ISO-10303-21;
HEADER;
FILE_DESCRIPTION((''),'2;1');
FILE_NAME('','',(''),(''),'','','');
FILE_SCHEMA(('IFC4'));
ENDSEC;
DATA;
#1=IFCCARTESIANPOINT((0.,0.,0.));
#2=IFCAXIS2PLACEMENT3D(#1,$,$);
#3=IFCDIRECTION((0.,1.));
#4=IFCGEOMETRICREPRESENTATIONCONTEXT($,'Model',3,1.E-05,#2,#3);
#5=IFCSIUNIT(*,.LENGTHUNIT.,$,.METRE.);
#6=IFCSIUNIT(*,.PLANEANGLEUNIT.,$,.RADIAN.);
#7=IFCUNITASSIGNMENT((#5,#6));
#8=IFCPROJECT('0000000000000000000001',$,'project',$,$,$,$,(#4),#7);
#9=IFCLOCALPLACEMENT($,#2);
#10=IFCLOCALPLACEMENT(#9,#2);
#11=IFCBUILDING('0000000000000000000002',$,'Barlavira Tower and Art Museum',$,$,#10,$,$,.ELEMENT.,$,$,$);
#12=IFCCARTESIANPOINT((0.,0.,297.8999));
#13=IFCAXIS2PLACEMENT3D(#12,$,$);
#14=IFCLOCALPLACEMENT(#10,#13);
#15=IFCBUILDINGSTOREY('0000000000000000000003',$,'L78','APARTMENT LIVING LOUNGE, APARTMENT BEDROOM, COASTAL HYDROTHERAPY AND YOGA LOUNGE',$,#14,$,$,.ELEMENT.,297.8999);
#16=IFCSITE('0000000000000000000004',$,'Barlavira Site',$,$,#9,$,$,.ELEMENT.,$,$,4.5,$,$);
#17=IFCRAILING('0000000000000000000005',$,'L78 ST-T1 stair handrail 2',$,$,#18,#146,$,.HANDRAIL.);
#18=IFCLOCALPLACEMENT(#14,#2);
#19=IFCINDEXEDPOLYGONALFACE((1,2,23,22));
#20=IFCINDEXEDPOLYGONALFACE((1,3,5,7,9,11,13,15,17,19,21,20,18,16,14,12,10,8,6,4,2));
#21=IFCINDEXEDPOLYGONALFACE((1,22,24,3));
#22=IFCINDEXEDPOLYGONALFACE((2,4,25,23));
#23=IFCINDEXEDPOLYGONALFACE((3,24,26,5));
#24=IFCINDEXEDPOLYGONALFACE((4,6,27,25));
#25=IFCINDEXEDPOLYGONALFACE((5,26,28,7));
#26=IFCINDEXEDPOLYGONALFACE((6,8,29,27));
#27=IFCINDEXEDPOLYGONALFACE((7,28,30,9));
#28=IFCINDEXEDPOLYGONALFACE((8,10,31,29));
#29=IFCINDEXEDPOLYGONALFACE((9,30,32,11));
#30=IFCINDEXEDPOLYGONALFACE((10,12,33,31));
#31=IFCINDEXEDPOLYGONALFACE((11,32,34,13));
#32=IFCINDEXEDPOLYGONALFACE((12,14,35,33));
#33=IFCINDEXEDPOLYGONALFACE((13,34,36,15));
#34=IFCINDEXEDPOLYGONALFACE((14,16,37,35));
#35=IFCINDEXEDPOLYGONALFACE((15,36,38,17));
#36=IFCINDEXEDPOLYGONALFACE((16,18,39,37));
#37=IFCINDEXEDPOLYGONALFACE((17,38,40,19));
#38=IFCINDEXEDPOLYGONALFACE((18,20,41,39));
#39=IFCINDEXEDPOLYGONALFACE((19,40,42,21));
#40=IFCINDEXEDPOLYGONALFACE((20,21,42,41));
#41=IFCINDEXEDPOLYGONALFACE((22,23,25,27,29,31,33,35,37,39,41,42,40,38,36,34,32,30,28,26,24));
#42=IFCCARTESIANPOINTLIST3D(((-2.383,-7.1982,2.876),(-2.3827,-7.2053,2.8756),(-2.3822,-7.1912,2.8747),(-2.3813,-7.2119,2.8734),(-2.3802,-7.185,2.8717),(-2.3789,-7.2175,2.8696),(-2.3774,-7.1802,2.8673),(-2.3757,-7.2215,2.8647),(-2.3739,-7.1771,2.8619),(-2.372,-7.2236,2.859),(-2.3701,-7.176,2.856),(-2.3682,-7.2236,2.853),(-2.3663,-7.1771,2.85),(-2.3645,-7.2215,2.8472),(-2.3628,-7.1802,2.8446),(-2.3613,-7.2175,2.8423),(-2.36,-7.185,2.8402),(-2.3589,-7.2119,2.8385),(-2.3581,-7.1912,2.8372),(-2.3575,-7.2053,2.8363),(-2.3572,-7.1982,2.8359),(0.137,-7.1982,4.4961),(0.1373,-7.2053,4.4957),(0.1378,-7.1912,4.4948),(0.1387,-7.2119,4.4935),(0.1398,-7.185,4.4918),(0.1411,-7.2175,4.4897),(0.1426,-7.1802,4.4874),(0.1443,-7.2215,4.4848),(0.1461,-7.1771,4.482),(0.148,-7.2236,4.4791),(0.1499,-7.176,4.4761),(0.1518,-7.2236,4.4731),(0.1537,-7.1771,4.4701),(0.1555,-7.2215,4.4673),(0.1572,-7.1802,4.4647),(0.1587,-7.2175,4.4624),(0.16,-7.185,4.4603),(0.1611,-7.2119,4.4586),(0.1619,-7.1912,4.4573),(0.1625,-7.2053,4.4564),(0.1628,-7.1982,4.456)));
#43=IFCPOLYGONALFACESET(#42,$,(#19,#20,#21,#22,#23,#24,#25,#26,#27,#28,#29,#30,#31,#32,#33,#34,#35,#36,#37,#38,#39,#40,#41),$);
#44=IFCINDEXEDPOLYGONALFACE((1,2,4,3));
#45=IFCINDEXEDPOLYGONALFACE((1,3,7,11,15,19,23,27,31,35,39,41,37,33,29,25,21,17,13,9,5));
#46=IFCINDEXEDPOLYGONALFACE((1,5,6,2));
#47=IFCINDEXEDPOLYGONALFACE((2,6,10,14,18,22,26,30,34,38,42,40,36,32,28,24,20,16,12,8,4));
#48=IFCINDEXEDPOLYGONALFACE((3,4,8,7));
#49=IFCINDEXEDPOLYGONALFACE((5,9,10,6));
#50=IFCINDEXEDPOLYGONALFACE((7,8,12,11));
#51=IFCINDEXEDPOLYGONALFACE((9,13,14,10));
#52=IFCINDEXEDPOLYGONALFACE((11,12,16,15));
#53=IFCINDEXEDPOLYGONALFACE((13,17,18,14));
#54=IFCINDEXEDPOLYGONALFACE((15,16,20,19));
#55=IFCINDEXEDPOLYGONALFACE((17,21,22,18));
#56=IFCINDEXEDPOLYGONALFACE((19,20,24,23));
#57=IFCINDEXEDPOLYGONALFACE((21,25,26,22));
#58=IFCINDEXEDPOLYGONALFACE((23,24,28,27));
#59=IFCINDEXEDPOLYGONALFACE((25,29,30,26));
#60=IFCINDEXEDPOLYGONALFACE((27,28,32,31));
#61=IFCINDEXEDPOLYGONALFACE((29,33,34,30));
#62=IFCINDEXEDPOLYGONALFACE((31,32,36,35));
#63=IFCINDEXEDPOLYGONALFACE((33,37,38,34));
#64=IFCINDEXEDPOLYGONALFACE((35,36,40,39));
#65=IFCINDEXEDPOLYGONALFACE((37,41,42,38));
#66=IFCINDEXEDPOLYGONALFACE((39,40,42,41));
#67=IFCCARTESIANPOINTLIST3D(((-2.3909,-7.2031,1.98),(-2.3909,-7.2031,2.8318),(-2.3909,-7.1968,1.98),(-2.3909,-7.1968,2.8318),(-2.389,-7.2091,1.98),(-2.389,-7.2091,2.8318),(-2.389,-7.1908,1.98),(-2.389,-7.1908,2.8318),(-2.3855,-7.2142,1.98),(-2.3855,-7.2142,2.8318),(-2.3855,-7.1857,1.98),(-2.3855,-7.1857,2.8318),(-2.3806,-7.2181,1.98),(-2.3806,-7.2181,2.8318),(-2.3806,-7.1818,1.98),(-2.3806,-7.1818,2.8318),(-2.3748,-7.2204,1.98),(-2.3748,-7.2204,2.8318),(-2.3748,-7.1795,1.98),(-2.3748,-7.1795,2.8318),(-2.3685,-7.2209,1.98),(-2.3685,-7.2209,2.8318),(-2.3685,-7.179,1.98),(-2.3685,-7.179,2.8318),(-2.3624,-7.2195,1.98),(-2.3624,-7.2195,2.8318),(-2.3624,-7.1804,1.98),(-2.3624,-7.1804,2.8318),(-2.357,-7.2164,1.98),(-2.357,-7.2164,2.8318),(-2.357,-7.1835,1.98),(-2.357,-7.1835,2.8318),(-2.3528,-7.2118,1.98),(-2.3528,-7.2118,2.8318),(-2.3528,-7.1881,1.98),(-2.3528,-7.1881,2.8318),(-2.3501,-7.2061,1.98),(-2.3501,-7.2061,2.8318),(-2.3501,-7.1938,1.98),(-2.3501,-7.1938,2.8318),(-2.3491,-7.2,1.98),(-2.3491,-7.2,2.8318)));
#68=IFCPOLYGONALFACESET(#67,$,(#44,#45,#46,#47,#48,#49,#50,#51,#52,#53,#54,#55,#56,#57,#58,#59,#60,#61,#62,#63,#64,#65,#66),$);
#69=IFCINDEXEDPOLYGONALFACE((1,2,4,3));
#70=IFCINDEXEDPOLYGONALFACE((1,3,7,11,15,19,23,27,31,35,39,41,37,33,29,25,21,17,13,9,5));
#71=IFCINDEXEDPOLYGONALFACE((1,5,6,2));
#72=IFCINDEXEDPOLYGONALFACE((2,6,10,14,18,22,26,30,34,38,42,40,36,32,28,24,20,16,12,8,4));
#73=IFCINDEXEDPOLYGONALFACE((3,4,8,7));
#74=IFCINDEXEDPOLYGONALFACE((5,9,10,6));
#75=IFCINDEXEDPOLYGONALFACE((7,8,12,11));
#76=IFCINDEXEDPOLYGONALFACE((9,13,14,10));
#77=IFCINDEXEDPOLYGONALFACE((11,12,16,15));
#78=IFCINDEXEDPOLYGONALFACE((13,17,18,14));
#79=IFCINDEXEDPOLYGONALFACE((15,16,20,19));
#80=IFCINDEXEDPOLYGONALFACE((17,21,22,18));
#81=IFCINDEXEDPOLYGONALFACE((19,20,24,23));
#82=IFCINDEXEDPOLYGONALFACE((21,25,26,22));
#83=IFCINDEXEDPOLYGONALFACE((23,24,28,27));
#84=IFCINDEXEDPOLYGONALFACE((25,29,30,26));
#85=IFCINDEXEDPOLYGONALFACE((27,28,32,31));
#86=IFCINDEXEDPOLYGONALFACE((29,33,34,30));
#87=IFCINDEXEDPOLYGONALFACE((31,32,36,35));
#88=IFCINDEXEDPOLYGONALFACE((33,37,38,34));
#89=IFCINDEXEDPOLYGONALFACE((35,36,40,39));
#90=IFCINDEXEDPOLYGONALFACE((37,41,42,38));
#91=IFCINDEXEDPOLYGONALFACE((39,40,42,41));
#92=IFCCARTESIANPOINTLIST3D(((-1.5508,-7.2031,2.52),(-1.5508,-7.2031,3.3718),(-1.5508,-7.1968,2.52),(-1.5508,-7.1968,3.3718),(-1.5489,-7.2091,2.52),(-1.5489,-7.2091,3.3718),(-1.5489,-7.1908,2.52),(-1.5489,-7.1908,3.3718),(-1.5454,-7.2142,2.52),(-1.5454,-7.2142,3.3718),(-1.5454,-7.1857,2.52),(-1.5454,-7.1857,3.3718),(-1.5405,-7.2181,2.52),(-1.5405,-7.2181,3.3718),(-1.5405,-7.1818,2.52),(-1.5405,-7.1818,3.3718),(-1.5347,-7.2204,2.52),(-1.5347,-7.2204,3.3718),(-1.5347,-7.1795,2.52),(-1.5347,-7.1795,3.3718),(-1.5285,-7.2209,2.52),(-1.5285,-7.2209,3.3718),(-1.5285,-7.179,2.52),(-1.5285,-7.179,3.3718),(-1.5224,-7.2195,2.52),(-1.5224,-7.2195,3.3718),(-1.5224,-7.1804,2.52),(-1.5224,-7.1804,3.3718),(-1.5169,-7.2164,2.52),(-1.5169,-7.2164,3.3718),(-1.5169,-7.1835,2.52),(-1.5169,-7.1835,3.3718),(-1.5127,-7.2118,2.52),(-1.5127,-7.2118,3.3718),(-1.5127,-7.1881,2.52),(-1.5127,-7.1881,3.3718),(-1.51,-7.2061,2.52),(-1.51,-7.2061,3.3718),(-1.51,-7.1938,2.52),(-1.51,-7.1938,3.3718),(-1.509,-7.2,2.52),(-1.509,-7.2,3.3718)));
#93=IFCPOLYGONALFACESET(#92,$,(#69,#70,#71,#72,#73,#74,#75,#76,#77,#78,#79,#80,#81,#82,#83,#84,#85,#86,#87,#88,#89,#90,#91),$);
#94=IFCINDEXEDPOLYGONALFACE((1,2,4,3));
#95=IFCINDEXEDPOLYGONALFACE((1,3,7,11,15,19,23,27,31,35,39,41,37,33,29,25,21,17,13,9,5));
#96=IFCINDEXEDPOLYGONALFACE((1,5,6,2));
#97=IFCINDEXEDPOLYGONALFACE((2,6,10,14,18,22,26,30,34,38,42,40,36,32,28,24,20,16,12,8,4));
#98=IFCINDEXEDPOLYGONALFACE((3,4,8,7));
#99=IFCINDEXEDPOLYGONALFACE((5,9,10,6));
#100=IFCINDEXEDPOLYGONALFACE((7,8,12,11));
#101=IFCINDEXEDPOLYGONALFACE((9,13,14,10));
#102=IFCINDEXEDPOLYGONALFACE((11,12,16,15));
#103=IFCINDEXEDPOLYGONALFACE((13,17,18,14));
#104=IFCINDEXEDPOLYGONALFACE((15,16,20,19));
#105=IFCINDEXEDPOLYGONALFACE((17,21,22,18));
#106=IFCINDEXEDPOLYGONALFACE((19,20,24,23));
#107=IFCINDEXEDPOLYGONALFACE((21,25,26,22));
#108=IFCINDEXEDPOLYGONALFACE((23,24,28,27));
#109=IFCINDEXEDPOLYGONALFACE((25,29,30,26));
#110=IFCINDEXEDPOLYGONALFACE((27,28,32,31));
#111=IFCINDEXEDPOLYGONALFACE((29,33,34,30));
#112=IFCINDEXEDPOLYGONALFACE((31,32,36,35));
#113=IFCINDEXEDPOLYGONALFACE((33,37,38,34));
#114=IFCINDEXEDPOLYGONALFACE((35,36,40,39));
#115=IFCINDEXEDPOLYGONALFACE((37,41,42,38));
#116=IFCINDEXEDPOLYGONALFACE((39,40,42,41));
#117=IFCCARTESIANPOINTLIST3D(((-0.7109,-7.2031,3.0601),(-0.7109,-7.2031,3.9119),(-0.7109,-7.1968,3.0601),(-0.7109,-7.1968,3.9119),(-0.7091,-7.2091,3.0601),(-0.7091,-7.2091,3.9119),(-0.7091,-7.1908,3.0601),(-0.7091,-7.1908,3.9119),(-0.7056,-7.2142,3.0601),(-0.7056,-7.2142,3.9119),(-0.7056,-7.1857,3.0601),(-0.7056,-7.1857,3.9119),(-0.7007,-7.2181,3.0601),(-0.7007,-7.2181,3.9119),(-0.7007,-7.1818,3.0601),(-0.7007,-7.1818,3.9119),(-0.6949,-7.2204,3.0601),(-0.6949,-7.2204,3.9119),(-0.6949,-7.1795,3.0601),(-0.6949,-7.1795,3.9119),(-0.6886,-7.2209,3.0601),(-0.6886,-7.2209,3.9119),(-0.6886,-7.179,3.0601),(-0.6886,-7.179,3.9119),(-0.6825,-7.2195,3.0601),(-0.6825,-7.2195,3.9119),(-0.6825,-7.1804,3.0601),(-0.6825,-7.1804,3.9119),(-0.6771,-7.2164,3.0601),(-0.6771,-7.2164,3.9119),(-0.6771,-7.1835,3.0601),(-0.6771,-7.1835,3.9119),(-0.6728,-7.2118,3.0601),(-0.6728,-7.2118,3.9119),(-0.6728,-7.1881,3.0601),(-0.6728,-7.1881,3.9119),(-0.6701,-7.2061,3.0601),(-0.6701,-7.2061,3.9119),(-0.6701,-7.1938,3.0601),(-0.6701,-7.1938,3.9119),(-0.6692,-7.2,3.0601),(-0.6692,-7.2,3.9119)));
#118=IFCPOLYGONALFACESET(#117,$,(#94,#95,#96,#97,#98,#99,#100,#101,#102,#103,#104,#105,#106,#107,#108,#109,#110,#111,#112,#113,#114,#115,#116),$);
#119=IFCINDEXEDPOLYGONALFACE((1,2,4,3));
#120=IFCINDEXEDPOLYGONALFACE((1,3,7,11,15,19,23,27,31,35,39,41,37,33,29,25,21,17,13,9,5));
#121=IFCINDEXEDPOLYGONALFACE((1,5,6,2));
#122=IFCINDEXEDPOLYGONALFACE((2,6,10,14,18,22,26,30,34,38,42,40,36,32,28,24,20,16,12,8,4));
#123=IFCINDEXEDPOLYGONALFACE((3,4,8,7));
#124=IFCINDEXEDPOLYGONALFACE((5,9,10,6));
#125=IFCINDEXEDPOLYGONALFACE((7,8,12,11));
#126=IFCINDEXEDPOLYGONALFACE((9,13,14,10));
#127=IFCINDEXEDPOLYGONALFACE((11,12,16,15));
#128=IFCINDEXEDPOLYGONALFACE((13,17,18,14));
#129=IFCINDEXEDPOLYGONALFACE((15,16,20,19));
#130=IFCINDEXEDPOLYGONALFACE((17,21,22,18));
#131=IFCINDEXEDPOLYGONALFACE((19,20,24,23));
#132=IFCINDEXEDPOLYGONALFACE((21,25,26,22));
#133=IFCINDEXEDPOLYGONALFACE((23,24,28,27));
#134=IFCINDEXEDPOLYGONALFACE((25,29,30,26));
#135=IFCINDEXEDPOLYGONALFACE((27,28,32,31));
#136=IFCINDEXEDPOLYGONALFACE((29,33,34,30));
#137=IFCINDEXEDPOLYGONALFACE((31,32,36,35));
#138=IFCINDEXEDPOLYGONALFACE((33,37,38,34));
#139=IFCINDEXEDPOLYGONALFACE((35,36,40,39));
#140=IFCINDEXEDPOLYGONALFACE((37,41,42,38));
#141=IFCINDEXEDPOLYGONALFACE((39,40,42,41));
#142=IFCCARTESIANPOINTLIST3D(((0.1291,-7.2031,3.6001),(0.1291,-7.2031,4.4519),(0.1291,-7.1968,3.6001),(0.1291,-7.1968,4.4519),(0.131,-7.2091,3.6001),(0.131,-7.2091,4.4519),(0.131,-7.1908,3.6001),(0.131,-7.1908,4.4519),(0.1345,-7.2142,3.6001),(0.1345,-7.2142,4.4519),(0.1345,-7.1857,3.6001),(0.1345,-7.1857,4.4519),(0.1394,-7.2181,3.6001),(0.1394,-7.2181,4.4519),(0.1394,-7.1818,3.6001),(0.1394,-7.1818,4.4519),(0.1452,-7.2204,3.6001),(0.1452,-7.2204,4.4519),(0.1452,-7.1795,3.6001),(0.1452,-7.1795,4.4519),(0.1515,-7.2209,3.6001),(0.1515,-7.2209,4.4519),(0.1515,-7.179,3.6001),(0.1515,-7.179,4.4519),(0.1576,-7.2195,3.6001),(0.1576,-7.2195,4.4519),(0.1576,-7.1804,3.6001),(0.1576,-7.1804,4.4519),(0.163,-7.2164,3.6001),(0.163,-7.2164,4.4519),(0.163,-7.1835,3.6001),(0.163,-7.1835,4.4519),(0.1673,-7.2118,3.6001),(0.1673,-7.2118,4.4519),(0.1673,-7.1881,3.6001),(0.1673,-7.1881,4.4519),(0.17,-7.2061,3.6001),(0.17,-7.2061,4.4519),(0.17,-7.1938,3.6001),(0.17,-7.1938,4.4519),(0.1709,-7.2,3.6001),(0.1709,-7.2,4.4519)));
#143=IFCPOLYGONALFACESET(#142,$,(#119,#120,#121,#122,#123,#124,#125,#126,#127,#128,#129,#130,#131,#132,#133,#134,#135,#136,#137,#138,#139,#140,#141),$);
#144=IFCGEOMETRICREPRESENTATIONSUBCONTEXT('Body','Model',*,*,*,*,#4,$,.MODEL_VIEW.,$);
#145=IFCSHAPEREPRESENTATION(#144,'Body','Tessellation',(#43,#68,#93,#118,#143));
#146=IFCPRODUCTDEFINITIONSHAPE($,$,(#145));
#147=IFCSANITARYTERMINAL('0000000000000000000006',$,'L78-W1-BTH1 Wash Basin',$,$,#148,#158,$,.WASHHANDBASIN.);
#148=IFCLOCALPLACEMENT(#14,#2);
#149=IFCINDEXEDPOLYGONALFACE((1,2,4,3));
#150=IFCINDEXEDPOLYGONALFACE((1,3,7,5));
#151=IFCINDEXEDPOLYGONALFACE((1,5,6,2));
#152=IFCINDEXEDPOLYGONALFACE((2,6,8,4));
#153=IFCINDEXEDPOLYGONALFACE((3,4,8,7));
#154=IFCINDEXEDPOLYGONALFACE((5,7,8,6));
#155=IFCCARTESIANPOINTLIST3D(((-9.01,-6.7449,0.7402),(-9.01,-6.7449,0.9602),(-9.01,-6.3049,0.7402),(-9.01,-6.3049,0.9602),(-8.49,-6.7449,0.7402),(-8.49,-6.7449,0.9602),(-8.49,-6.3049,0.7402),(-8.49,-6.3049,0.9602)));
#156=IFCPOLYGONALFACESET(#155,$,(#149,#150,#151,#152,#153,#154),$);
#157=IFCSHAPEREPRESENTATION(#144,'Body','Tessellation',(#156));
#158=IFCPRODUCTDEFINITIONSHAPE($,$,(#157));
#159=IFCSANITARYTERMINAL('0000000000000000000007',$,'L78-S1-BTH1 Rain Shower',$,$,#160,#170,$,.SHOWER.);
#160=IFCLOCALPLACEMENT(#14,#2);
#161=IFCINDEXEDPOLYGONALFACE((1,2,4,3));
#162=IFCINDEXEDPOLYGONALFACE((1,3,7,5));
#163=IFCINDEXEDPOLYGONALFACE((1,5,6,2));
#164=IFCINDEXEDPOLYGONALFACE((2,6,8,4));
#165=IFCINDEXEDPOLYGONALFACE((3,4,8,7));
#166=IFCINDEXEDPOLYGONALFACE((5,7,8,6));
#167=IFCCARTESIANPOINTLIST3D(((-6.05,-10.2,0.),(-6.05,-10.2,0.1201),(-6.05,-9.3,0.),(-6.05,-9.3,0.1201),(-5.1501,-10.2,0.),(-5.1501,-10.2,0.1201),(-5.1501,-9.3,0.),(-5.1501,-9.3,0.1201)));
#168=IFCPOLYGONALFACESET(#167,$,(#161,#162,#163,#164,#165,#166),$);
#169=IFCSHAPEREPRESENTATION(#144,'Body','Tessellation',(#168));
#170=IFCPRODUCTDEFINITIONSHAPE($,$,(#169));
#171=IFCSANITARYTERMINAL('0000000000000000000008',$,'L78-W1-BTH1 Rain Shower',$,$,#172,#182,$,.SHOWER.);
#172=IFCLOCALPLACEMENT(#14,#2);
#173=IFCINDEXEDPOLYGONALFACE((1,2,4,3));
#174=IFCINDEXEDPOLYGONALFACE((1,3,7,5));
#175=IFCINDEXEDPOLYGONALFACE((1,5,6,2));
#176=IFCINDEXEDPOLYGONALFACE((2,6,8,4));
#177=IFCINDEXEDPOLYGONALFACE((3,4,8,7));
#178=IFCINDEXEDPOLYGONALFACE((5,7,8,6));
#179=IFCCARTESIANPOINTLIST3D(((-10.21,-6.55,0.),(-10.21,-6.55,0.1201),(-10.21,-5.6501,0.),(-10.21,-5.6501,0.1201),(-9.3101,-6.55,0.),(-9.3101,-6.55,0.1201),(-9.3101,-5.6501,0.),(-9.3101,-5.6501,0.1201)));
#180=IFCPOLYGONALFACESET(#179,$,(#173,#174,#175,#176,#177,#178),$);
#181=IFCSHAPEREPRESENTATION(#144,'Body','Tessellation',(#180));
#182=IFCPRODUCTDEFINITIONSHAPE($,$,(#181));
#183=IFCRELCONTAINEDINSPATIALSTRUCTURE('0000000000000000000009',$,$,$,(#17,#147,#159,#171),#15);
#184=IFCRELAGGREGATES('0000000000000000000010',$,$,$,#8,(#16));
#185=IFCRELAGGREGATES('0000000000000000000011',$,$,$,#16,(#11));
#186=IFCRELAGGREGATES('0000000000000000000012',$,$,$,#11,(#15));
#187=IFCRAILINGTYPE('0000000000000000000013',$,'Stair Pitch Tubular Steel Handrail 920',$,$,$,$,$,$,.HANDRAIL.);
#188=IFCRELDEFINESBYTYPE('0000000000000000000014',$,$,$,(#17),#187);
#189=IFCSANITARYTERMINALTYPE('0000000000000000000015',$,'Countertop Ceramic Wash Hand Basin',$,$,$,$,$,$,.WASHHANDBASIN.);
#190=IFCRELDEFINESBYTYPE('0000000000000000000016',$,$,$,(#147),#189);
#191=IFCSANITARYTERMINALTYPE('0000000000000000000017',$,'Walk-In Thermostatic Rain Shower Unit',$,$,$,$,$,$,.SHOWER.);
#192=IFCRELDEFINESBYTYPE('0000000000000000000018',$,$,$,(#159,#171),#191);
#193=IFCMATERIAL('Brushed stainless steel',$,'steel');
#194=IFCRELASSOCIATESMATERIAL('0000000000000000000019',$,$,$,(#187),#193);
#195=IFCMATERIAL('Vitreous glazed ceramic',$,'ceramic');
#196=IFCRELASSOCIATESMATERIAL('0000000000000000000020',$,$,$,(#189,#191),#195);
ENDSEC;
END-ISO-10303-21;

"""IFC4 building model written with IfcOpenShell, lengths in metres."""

from ifc_helpers import new_model, si_unit, direction, frame, origin, origin_2d, place, context, subcontext, project, spatial, rectangle, circle, extrude, material, type_object, element, save


model = new_model("IFC4")

# Units and contexts
model_context = context("Model", 3, precision=1e-05, world=origin(), true_north=direction((0.0, 1.0)))
body_context = subcontext(model_context, "Body", "Model", "MODEL_VIEW")
ifc_project = project(units=[si_unit("LENGTHUNIT", "METRE"), si_unit("PLANEANGLEUNIT", "RADIAN")], contexts=[model_context])

# Site, building, storey
site_placement = place(None, origin())
site = spatial("IfcSite", under=ifc_project, at=site_placement, Name="Barlavira Site", CompositionType="ELEMENT", RefElevation=4.5)
building_placement = place(site_placement, origin())
building = spatial("IfcBuilding", under=site, at=building_placement, Name="Barlavira Tower and Art Museum", CompositionType="ELEMENT")
storey_placement = place(building_placement, frame((0.0, 0.0, 297.8999)))
storey = spatial("IfcBuildingStorey", under=building, at=storey_placement, Name="L78", Description="APARTMENT LIVING LOUNGE, APARTMENT BEDROOM, COASTAL HYDROTHERAPY AND YOGA LOUNGE", CompositionType="ELEMENT", Elevation=297.8999)

# Shared definitions
ifc_material_1 = material(Name="Brushed stainless steel", Category="steel")

# Railing
railing_type_1 = type_object("IfcRailingType", Name="Stair Pitch Tubular Steel Handrail 920", PredefinedType="HANDRAIL", material=ifc_material_1)
railing_1_placement = place(storey_placement, frame((-2.3701, -7.2, 1.98)))
element("IfcRailing", 1, at=railing_1_placement, inside=storey, type_object=railing_type_1, Name="L78 ST-T1 stair handrail 2", PredefinedType="HANDRAIL", context=body_context, shape_type="SweptSolid", body=[
    extrude(circle(Radius=0.0239, at=origin_2d()), frame((0.0, 0.0, 0.876), z_axis=(0.841163, 0.0, 0.540782), x_axis=(0.0, 1.0, 0.0)), (0.0, 0.0, 1.0), 2.9958),
    extrude(circle(Radius=0.021, at=origin_2d()), origin(), (0.0, 0.0, 1.0), 0.8518),
    extrude(circle(Radius=0.021, at=origin_2d()), frame((0.8401, 0.0, 0.54)), (0.0, 0.0, 1.0), 0.8518),
    extrude(circle(Radius=0.021, at=origin_2d()), frame((1.6799, 0.0, 1.0801)), (0.0, 0.0, 1.0), 0.8518),
    extrude(circle(Radius=0.021, at=origin_2d()), frame((2.52, 0.0, 1.6201)), (0.0, 0.0, 1.0), 0.8518),
])

# Sanitary terminals
ifc_material_2 = material(Name="Vitreous glazed ceramic", Category="ceramic")
sanitary_terminal_type_1 = type_object("IfcSanitaryTerminalType", Name="Countertop Ceramic Wash Hand Basin", PredefinedType="WASHHANDBASIN", material=ifc_material_2)
sanitary_terminal_placement = place(storey_placement, frame((-8.75, -6.5249, 0.7402), z_axis=(0.0, 0.0, 1.0), x_axis=(1.0, 0.0, 0.0)))
element("IfcSanitaryTerminal", 2, at=sanitary_terminal_placement, inside=storey, type_object=sanitary_terminal_type_1, Name="L78-W1-BTH1 Wash Basin", PredefinedType="WASHHANDBASIN", context=body_context, shape_type="SweptSolid", body=[
    extrude(rectangle(XDim=0.52, YDim=0.4399, at=origin_2d()), origin(), (0.0, 0.0, 1.0), 0.22),
])
sanitary_terminal_type_2 = type_object("IfcSanitaryTerminalType", Name="Walk-In Thermostatic Rain Shower Unit", PredefinedType="SHOWER", material=ifc_material_2)
for number, where, z_axis, x_axis, name in (
    (3, (-5.6001, -9.75, 0.0), (0.0, 0.0, 1.0), (1.0, 0.0, 0.0), "L78-S1-BTH1 Rain Shower"),
    (4, (-9.76, -6.1001, 0.0), (0.0, 0.0, 1.0), (1.0, 0.0, 0.0), "L78-W1-BTH1 Rain Shower"),
):
    element("IfcSanitaryTerminal", number, at=place(storey_placement, frame(where, z_axis=z_axis, x_axis=x_axis)), inside=storey, type_object=sanitary_terminal_type_2, Name=name, PredefinedType="SHOWER", context=body_context, shape_type="SweptSolid", body=[
        extrude(rectangle(XDim=0.8999, YDim=0.8999, at=origin_2d()), origin(), (0.0, 0.0, 1.0), 0.1201),
    ])

save(model, "model.ifc")
